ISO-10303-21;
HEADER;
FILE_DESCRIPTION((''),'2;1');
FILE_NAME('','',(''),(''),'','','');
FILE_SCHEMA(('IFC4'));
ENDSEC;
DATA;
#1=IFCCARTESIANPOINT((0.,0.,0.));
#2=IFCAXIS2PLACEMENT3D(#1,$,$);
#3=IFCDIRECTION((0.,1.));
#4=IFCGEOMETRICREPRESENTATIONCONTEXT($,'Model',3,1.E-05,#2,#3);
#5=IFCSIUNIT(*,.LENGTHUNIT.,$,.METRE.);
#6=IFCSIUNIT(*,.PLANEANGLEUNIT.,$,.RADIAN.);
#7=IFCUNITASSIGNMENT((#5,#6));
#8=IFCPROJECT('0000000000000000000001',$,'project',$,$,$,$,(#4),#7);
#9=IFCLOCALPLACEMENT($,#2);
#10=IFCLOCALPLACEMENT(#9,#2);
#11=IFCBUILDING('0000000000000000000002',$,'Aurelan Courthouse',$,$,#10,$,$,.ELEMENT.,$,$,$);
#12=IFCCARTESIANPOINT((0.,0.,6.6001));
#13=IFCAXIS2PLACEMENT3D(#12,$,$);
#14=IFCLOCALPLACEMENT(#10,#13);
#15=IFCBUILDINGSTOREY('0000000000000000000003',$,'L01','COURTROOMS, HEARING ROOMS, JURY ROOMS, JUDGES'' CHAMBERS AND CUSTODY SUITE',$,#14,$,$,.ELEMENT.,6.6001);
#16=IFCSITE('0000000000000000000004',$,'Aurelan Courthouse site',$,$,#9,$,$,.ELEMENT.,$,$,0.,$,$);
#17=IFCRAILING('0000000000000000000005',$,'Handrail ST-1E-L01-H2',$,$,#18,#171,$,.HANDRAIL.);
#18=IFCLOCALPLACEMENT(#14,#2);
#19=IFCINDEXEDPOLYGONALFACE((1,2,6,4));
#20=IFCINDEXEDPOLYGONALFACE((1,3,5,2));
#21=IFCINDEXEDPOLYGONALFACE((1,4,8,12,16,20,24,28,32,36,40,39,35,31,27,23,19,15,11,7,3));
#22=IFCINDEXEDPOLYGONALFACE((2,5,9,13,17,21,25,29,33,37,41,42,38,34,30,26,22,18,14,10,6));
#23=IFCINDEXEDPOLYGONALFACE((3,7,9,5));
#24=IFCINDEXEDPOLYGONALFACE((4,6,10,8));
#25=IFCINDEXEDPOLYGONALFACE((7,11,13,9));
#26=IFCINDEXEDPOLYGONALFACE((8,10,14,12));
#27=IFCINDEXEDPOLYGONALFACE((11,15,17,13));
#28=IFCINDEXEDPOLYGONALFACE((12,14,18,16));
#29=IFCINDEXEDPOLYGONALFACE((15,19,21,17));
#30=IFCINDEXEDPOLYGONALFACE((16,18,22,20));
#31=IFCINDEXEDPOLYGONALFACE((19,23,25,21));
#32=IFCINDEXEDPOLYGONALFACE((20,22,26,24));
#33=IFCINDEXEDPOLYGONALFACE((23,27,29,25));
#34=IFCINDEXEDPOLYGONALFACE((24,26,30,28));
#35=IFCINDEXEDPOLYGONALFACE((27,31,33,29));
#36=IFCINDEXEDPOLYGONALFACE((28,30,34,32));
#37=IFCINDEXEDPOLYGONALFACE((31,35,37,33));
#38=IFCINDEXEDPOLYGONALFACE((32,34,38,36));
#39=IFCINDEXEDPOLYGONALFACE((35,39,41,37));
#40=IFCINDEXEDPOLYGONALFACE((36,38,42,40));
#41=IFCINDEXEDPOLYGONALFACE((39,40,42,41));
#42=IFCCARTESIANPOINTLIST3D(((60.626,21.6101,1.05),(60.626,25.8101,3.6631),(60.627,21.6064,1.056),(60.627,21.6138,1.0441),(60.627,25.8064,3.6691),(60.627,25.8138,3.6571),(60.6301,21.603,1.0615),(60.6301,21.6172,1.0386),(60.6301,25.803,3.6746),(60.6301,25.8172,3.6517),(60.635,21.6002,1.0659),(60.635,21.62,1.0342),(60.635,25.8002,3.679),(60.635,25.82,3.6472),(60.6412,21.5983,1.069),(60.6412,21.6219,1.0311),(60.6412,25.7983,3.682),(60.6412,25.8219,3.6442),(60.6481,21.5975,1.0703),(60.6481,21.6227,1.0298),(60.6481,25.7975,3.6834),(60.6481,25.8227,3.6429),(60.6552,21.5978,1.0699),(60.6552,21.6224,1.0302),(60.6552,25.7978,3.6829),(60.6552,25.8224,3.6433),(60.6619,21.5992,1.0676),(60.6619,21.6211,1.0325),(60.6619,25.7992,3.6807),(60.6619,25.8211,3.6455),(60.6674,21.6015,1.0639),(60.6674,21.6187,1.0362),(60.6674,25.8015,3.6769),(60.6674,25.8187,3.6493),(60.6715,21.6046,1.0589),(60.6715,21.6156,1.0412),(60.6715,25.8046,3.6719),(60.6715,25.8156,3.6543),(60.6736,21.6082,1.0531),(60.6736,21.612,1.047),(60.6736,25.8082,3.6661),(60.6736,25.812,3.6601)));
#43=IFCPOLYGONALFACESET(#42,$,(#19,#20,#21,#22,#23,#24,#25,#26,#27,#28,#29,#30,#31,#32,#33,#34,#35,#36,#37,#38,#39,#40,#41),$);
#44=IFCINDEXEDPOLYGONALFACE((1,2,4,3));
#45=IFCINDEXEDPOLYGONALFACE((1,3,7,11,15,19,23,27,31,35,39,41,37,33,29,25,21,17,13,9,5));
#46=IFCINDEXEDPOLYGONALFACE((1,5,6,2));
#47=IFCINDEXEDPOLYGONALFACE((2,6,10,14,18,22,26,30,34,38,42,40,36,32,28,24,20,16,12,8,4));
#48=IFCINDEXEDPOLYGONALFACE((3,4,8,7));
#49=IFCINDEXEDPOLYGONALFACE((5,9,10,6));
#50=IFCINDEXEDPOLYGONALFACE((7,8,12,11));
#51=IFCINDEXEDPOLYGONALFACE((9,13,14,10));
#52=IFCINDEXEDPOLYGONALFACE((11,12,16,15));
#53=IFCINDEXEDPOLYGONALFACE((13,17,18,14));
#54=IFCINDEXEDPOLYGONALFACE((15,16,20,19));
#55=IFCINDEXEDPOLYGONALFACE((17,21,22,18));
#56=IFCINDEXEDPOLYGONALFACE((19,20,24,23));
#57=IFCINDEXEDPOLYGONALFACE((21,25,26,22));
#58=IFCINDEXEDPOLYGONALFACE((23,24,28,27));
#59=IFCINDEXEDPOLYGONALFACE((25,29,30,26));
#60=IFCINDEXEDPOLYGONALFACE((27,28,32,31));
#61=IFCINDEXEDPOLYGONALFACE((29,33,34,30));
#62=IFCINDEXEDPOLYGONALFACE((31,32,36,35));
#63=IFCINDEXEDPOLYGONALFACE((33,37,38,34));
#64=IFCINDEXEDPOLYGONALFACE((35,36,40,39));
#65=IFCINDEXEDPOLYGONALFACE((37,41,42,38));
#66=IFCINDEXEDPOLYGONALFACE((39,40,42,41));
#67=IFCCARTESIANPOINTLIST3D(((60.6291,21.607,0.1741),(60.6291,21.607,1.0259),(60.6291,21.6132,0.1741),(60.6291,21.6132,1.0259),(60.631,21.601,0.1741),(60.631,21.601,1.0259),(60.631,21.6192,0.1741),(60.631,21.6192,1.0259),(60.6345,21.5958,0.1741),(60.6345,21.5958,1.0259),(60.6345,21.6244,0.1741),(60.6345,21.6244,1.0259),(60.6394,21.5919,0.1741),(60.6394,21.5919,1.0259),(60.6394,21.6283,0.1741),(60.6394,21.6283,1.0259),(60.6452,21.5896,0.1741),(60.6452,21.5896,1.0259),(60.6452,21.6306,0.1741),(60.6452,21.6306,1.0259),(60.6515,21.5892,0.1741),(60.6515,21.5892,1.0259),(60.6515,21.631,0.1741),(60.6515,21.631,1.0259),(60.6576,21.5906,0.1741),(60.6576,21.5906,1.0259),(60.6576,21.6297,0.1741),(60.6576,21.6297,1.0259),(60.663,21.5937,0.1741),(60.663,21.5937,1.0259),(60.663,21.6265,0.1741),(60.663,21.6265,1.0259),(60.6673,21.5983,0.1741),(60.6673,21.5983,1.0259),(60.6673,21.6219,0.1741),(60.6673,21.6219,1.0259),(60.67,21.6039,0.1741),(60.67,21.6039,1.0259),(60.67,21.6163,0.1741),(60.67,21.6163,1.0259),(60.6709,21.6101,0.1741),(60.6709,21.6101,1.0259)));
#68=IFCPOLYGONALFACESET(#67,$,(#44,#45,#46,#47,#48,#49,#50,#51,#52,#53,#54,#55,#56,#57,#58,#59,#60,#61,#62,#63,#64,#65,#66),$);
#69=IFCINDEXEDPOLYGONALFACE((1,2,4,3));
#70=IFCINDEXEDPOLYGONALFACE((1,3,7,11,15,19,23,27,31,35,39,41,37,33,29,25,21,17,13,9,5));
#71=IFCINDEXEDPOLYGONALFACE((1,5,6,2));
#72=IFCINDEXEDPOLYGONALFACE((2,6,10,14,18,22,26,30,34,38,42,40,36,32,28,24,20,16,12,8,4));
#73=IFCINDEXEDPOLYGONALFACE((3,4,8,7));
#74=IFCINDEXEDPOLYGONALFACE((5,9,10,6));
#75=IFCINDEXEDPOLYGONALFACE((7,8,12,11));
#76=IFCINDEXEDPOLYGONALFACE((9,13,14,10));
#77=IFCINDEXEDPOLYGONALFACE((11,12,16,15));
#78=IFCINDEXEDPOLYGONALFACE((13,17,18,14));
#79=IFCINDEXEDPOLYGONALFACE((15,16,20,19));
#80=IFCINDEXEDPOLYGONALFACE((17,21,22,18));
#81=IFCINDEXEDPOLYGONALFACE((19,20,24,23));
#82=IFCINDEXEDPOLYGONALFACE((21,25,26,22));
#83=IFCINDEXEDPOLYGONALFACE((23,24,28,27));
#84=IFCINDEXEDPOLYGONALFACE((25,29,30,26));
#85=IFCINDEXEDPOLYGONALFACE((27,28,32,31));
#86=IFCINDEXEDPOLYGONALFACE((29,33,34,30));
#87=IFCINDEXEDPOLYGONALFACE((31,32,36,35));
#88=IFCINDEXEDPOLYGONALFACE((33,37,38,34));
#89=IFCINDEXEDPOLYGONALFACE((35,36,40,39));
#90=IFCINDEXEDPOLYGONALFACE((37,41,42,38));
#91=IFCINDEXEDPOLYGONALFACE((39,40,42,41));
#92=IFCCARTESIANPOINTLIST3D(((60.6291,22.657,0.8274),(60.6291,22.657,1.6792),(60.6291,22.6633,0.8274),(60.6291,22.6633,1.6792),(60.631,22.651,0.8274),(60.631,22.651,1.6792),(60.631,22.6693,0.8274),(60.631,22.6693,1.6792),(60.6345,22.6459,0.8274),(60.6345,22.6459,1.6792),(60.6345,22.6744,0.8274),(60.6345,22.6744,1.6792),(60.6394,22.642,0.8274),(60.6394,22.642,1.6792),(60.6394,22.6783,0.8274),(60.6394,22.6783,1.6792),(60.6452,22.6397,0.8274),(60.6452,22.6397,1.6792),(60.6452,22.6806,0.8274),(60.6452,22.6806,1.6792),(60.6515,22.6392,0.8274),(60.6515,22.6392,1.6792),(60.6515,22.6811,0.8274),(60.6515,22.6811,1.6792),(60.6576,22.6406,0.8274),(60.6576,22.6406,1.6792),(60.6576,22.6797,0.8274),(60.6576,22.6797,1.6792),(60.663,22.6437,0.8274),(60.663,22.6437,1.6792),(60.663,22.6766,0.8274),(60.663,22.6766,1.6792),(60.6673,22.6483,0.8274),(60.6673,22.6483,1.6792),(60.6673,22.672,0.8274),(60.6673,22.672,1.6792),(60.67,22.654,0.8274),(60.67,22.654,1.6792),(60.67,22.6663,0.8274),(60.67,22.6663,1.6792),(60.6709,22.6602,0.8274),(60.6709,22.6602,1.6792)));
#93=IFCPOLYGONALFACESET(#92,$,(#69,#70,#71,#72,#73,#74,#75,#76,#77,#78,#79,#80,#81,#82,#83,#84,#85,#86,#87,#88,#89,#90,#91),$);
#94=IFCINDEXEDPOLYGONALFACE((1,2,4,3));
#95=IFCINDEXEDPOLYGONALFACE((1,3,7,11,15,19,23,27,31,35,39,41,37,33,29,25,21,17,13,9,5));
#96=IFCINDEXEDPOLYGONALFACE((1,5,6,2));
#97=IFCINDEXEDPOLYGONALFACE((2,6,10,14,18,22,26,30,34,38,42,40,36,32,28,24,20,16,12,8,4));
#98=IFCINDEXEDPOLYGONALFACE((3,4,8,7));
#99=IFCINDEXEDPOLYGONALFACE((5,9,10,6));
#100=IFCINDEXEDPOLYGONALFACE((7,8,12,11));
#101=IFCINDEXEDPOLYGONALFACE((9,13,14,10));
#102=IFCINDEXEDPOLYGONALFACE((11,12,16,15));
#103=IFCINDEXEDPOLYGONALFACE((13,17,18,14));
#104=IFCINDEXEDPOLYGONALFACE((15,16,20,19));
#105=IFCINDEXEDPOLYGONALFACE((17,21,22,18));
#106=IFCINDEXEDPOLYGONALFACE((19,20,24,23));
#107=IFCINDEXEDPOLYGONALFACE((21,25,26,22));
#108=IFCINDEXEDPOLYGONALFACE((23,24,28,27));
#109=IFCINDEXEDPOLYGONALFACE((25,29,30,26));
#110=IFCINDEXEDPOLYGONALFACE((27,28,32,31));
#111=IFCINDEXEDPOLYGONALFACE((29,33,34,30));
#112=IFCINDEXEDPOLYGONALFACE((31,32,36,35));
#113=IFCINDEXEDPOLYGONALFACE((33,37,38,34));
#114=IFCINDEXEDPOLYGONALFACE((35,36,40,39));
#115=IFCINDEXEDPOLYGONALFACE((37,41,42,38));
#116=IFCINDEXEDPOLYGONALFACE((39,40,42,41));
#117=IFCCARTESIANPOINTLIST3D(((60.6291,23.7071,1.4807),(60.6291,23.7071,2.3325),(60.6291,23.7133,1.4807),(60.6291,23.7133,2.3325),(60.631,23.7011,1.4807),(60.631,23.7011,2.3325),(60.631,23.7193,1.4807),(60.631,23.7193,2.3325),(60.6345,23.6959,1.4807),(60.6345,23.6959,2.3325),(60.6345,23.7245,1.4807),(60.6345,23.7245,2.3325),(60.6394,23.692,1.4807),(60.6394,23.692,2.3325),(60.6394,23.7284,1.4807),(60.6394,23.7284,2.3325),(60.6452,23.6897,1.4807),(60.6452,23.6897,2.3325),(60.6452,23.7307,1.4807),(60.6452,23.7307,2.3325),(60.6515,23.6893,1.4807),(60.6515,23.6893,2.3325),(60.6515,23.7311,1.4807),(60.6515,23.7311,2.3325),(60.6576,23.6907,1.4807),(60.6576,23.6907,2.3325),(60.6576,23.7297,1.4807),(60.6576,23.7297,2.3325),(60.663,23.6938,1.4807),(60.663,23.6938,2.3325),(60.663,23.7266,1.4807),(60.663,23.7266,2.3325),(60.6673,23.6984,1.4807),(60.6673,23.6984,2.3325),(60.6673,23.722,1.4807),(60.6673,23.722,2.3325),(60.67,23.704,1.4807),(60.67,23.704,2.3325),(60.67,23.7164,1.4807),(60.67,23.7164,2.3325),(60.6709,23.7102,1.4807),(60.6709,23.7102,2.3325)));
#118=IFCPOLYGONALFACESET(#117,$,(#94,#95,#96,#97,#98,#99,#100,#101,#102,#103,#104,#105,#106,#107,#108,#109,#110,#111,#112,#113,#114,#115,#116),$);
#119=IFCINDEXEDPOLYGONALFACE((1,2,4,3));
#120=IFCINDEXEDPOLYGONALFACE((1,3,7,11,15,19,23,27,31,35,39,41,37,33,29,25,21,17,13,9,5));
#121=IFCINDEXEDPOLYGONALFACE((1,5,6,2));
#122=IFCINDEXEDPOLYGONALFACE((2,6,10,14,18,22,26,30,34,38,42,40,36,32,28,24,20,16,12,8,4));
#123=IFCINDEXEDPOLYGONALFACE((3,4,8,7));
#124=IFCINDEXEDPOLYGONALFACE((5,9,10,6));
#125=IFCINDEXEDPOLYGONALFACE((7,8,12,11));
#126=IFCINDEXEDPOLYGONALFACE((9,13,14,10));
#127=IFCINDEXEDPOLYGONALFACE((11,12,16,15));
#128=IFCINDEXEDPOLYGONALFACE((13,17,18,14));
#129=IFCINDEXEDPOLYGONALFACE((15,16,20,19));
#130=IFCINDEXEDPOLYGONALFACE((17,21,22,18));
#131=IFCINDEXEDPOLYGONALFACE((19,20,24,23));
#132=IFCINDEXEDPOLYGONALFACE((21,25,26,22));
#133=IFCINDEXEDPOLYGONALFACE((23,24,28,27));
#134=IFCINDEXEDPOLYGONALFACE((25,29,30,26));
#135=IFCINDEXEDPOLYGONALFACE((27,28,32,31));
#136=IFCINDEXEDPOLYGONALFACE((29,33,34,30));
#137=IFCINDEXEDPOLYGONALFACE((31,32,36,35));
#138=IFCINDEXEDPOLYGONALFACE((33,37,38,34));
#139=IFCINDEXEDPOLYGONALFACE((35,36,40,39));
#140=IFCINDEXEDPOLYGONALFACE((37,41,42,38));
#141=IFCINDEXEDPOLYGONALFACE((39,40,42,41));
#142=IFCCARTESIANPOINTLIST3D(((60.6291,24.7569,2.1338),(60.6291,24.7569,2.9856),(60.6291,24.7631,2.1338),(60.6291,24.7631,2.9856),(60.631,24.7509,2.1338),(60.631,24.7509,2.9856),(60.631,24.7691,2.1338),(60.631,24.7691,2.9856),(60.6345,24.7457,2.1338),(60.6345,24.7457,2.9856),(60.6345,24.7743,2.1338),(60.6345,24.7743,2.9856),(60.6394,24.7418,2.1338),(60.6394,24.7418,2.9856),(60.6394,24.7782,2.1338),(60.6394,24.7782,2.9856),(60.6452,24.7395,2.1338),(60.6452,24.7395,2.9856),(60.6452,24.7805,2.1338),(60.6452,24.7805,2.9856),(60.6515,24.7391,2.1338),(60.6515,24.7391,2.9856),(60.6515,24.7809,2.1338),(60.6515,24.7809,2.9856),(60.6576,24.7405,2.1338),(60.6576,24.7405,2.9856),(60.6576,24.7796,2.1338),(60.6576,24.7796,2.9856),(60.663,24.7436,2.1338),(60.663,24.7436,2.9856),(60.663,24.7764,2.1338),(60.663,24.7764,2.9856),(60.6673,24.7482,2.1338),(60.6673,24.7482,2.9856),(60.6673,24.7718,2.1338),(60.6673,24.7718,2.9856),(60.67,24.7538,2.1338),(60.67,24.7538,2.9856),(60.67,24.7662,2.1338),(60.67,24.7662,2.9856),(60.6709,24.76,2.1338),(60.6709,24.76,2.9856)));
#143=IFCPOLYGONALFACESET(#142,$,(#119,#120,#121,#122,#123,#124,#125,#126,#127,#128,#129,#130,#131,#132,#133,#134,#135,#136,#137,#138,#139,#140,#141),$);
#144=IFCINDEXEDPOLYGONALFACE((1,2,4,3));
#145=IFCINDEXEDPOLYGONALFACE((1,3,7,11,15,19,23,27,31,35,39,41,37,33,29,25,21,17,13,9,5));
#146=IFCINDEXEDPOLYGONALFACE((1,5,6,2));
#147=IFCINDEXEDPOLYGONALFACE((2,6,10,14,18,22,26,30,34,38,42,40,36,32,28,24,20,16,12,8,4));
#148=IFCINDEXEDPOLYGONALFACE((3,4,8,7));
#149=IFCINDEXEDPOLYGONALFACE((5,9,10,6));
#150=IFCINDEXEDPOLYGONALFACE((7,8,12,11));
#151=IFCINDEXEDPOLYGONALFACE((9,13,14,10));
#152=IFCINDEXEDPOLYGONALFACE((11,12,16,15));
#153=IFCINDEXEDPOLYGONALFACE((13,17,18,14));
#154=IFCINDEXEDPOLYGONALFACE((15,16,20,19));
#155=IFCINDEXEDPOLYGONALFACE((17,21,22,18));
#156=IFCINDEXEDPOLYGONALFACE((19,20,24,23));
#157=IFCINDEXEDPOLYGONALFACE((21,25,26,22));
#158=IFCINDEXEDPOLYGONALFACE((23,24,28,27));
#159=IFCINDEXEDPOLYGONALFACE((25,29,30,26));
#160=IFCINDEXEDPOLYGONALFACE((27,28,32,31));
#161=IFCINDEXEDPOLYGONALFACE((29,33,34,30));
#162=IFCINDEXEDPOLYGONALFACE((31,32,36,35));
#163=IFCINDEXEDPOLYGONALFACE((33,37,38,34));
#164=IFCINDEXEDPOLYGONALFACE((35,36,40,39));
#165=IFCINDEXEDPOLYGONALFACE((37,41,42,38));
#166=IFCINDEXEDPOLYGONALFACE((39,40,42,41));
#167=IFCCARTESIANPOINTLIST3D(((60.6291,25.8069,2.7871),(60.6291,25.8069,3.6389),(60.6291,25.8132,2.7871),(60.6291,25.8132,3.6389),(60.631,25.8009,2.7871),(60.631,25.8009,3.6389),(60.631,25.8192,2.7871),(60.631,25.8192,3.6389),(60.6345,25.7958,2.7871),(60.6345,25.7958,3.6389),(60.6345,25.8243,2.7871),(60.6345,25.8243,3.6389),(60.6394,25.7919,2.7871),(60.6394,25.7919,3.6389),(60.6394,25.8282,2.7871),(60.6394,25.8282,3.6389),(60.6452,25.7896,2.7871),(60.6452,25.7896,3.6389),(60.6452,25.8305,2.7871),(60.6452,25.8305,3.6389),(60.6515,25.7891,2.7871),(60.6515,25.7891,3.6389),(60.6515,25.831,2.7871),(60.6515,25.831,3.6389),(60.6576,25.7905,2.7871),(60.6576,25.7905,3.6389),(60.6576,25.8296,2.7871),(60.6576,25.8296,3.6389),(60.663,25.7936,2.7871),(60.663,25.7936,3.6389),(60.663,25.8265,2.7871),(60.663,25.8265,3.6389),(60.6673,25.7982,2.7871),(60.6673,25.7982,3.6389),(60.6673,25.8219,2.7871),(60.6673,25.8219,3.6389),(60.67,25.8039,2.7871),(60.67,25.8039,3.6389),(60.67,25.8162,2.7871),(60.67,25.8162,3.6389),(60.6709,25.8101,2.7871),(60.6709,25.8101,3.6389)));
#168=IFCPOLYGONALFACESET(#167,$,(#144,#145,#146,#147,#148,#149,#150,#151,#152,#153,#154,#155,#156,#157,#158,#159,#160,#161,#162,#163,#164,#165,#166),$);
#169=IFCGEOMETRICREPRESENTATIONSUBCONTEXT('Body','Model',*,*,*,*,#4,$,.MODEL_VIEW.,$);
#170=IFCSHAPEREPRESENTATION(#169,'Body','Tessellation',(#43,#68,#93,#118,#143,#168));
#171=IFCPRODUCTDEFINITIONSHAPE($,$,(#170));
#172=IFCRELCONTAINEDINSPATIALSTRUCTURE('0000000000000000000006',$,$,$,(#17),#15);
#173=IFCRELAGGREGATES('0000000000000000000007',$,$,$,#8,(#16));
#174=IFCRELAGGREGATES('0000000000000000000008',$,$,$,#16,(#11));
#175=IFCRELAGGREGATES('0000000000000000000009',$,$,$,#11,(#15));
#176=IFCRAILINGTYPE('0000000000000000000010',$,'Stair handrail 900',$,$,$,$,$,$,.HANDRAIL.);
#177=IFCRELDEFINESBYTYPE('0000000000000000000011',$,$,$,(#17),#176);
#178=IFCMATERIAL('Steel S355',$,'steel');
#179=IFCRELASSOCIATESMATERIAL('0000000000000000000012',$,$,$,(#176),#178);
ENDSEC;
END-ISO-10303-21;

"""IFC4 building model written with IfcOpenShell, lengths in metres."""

from ifc_helpers import new_model, si_unit, direction, frame, origin, origin_2d, place, context, subcontext, project, spatial, circle, extrude, material, type_object, element, save


model = new_model("IFC4")

# Units and contexts
model_context = context("Model", 3, precision=1e-05, world=origin(), true_north=direction((0.0, 1.0)))
body_context = subcontext(model_context, "Body", "Model", "MODEL_VIEW")
ifc_project = project(units=[si_unit("LENGTHUNIT", "METRE"), si_unit("PLANEANGLEUNIT", "RADIAN")], contexts=[model_context])

# Site, building, storey
site_placement = place(None, origin())
site = spatial("IfcSite", under=ifc_project, at=site_placement, Name="Aurelan Courthouse site", CompositionType="ELEMENT", RefElevation=0.0)
building_placement = place(site_placement, origin())
building = spatial("IfcBuilding", under=site, at=building_placement, Name="Aurelan Courthouse", CompositionType="ELEMENT")
storey_placement = place(building_placement, frame((0.0, 0.0, 6.6001)))
storey = spatial("IfcBuildingStorey", under=building, at=storey_placement, Name="L01", Description="COURTROOMS, HEARING ROOMS, JURY ROOMS, JUDGES' CHAMBERS AND CUSTODY SUITE", CompositionType="ELEMENT", Elevation=6.6001)

# Railing
ifc_material_1 = material(Name="Steel S355", Category="steel")
railing_type = type_object("IfcRailingType", Name="Stair handrail 900", PredefinedType="HANDRAIL", material=ifc_material_1)
for number, where, name in (
    (1, (60.6499, 21.6101, 0.1741), "Handrail ST-1E-L01-H2"),
):
    element("IfcRailing", number, at=place(storey_placement, frame(where)), inside=storey, type_object=railing_type, Name=name, PredefinedType="HANDRAIL", context=body_context, shape_type="SweptSolid", body=[
        extrude(circle(Radius=0.0239, at=origin_2d()), frame((0.0, 0.0, 0.876), z_axis=(0.0, 0.849081, 0.528263), x_axis=(-1.0, 0.0, 0.0)), (0.0, 0.0, 1.0), 4.9465),
        extrude(circle(Radius=0.021, at=origin_2d()), origin(), (0.0, 0.0, 1.0), 0.8518),
        extrude(circle(Radius=0.021, at=origin_2d()), frame((0.0, 1.05, 0.6533)), (0.0, 0.0, 1.0), 0.8518),
        extrude(circle(Radius=0.021, at=origin_2d()), frame((0.0, 2.1001, 1.3066)), (0.0, 0.0, 1.0), 0.8518),
        extrude(circle(Radius=0.021, at=origin_2d()), frame((0.0, 3.1499, 1.9597)), (0.0, 0.0, 1.0), 0.8518),
        extrude(circle(Radius=0.021, at=origin_2d()), frame((0.0, 4.2, 2.613)), (0.0, 0.0, 1.0), 0.8518),
    ])

save(model, "model.ifc")
